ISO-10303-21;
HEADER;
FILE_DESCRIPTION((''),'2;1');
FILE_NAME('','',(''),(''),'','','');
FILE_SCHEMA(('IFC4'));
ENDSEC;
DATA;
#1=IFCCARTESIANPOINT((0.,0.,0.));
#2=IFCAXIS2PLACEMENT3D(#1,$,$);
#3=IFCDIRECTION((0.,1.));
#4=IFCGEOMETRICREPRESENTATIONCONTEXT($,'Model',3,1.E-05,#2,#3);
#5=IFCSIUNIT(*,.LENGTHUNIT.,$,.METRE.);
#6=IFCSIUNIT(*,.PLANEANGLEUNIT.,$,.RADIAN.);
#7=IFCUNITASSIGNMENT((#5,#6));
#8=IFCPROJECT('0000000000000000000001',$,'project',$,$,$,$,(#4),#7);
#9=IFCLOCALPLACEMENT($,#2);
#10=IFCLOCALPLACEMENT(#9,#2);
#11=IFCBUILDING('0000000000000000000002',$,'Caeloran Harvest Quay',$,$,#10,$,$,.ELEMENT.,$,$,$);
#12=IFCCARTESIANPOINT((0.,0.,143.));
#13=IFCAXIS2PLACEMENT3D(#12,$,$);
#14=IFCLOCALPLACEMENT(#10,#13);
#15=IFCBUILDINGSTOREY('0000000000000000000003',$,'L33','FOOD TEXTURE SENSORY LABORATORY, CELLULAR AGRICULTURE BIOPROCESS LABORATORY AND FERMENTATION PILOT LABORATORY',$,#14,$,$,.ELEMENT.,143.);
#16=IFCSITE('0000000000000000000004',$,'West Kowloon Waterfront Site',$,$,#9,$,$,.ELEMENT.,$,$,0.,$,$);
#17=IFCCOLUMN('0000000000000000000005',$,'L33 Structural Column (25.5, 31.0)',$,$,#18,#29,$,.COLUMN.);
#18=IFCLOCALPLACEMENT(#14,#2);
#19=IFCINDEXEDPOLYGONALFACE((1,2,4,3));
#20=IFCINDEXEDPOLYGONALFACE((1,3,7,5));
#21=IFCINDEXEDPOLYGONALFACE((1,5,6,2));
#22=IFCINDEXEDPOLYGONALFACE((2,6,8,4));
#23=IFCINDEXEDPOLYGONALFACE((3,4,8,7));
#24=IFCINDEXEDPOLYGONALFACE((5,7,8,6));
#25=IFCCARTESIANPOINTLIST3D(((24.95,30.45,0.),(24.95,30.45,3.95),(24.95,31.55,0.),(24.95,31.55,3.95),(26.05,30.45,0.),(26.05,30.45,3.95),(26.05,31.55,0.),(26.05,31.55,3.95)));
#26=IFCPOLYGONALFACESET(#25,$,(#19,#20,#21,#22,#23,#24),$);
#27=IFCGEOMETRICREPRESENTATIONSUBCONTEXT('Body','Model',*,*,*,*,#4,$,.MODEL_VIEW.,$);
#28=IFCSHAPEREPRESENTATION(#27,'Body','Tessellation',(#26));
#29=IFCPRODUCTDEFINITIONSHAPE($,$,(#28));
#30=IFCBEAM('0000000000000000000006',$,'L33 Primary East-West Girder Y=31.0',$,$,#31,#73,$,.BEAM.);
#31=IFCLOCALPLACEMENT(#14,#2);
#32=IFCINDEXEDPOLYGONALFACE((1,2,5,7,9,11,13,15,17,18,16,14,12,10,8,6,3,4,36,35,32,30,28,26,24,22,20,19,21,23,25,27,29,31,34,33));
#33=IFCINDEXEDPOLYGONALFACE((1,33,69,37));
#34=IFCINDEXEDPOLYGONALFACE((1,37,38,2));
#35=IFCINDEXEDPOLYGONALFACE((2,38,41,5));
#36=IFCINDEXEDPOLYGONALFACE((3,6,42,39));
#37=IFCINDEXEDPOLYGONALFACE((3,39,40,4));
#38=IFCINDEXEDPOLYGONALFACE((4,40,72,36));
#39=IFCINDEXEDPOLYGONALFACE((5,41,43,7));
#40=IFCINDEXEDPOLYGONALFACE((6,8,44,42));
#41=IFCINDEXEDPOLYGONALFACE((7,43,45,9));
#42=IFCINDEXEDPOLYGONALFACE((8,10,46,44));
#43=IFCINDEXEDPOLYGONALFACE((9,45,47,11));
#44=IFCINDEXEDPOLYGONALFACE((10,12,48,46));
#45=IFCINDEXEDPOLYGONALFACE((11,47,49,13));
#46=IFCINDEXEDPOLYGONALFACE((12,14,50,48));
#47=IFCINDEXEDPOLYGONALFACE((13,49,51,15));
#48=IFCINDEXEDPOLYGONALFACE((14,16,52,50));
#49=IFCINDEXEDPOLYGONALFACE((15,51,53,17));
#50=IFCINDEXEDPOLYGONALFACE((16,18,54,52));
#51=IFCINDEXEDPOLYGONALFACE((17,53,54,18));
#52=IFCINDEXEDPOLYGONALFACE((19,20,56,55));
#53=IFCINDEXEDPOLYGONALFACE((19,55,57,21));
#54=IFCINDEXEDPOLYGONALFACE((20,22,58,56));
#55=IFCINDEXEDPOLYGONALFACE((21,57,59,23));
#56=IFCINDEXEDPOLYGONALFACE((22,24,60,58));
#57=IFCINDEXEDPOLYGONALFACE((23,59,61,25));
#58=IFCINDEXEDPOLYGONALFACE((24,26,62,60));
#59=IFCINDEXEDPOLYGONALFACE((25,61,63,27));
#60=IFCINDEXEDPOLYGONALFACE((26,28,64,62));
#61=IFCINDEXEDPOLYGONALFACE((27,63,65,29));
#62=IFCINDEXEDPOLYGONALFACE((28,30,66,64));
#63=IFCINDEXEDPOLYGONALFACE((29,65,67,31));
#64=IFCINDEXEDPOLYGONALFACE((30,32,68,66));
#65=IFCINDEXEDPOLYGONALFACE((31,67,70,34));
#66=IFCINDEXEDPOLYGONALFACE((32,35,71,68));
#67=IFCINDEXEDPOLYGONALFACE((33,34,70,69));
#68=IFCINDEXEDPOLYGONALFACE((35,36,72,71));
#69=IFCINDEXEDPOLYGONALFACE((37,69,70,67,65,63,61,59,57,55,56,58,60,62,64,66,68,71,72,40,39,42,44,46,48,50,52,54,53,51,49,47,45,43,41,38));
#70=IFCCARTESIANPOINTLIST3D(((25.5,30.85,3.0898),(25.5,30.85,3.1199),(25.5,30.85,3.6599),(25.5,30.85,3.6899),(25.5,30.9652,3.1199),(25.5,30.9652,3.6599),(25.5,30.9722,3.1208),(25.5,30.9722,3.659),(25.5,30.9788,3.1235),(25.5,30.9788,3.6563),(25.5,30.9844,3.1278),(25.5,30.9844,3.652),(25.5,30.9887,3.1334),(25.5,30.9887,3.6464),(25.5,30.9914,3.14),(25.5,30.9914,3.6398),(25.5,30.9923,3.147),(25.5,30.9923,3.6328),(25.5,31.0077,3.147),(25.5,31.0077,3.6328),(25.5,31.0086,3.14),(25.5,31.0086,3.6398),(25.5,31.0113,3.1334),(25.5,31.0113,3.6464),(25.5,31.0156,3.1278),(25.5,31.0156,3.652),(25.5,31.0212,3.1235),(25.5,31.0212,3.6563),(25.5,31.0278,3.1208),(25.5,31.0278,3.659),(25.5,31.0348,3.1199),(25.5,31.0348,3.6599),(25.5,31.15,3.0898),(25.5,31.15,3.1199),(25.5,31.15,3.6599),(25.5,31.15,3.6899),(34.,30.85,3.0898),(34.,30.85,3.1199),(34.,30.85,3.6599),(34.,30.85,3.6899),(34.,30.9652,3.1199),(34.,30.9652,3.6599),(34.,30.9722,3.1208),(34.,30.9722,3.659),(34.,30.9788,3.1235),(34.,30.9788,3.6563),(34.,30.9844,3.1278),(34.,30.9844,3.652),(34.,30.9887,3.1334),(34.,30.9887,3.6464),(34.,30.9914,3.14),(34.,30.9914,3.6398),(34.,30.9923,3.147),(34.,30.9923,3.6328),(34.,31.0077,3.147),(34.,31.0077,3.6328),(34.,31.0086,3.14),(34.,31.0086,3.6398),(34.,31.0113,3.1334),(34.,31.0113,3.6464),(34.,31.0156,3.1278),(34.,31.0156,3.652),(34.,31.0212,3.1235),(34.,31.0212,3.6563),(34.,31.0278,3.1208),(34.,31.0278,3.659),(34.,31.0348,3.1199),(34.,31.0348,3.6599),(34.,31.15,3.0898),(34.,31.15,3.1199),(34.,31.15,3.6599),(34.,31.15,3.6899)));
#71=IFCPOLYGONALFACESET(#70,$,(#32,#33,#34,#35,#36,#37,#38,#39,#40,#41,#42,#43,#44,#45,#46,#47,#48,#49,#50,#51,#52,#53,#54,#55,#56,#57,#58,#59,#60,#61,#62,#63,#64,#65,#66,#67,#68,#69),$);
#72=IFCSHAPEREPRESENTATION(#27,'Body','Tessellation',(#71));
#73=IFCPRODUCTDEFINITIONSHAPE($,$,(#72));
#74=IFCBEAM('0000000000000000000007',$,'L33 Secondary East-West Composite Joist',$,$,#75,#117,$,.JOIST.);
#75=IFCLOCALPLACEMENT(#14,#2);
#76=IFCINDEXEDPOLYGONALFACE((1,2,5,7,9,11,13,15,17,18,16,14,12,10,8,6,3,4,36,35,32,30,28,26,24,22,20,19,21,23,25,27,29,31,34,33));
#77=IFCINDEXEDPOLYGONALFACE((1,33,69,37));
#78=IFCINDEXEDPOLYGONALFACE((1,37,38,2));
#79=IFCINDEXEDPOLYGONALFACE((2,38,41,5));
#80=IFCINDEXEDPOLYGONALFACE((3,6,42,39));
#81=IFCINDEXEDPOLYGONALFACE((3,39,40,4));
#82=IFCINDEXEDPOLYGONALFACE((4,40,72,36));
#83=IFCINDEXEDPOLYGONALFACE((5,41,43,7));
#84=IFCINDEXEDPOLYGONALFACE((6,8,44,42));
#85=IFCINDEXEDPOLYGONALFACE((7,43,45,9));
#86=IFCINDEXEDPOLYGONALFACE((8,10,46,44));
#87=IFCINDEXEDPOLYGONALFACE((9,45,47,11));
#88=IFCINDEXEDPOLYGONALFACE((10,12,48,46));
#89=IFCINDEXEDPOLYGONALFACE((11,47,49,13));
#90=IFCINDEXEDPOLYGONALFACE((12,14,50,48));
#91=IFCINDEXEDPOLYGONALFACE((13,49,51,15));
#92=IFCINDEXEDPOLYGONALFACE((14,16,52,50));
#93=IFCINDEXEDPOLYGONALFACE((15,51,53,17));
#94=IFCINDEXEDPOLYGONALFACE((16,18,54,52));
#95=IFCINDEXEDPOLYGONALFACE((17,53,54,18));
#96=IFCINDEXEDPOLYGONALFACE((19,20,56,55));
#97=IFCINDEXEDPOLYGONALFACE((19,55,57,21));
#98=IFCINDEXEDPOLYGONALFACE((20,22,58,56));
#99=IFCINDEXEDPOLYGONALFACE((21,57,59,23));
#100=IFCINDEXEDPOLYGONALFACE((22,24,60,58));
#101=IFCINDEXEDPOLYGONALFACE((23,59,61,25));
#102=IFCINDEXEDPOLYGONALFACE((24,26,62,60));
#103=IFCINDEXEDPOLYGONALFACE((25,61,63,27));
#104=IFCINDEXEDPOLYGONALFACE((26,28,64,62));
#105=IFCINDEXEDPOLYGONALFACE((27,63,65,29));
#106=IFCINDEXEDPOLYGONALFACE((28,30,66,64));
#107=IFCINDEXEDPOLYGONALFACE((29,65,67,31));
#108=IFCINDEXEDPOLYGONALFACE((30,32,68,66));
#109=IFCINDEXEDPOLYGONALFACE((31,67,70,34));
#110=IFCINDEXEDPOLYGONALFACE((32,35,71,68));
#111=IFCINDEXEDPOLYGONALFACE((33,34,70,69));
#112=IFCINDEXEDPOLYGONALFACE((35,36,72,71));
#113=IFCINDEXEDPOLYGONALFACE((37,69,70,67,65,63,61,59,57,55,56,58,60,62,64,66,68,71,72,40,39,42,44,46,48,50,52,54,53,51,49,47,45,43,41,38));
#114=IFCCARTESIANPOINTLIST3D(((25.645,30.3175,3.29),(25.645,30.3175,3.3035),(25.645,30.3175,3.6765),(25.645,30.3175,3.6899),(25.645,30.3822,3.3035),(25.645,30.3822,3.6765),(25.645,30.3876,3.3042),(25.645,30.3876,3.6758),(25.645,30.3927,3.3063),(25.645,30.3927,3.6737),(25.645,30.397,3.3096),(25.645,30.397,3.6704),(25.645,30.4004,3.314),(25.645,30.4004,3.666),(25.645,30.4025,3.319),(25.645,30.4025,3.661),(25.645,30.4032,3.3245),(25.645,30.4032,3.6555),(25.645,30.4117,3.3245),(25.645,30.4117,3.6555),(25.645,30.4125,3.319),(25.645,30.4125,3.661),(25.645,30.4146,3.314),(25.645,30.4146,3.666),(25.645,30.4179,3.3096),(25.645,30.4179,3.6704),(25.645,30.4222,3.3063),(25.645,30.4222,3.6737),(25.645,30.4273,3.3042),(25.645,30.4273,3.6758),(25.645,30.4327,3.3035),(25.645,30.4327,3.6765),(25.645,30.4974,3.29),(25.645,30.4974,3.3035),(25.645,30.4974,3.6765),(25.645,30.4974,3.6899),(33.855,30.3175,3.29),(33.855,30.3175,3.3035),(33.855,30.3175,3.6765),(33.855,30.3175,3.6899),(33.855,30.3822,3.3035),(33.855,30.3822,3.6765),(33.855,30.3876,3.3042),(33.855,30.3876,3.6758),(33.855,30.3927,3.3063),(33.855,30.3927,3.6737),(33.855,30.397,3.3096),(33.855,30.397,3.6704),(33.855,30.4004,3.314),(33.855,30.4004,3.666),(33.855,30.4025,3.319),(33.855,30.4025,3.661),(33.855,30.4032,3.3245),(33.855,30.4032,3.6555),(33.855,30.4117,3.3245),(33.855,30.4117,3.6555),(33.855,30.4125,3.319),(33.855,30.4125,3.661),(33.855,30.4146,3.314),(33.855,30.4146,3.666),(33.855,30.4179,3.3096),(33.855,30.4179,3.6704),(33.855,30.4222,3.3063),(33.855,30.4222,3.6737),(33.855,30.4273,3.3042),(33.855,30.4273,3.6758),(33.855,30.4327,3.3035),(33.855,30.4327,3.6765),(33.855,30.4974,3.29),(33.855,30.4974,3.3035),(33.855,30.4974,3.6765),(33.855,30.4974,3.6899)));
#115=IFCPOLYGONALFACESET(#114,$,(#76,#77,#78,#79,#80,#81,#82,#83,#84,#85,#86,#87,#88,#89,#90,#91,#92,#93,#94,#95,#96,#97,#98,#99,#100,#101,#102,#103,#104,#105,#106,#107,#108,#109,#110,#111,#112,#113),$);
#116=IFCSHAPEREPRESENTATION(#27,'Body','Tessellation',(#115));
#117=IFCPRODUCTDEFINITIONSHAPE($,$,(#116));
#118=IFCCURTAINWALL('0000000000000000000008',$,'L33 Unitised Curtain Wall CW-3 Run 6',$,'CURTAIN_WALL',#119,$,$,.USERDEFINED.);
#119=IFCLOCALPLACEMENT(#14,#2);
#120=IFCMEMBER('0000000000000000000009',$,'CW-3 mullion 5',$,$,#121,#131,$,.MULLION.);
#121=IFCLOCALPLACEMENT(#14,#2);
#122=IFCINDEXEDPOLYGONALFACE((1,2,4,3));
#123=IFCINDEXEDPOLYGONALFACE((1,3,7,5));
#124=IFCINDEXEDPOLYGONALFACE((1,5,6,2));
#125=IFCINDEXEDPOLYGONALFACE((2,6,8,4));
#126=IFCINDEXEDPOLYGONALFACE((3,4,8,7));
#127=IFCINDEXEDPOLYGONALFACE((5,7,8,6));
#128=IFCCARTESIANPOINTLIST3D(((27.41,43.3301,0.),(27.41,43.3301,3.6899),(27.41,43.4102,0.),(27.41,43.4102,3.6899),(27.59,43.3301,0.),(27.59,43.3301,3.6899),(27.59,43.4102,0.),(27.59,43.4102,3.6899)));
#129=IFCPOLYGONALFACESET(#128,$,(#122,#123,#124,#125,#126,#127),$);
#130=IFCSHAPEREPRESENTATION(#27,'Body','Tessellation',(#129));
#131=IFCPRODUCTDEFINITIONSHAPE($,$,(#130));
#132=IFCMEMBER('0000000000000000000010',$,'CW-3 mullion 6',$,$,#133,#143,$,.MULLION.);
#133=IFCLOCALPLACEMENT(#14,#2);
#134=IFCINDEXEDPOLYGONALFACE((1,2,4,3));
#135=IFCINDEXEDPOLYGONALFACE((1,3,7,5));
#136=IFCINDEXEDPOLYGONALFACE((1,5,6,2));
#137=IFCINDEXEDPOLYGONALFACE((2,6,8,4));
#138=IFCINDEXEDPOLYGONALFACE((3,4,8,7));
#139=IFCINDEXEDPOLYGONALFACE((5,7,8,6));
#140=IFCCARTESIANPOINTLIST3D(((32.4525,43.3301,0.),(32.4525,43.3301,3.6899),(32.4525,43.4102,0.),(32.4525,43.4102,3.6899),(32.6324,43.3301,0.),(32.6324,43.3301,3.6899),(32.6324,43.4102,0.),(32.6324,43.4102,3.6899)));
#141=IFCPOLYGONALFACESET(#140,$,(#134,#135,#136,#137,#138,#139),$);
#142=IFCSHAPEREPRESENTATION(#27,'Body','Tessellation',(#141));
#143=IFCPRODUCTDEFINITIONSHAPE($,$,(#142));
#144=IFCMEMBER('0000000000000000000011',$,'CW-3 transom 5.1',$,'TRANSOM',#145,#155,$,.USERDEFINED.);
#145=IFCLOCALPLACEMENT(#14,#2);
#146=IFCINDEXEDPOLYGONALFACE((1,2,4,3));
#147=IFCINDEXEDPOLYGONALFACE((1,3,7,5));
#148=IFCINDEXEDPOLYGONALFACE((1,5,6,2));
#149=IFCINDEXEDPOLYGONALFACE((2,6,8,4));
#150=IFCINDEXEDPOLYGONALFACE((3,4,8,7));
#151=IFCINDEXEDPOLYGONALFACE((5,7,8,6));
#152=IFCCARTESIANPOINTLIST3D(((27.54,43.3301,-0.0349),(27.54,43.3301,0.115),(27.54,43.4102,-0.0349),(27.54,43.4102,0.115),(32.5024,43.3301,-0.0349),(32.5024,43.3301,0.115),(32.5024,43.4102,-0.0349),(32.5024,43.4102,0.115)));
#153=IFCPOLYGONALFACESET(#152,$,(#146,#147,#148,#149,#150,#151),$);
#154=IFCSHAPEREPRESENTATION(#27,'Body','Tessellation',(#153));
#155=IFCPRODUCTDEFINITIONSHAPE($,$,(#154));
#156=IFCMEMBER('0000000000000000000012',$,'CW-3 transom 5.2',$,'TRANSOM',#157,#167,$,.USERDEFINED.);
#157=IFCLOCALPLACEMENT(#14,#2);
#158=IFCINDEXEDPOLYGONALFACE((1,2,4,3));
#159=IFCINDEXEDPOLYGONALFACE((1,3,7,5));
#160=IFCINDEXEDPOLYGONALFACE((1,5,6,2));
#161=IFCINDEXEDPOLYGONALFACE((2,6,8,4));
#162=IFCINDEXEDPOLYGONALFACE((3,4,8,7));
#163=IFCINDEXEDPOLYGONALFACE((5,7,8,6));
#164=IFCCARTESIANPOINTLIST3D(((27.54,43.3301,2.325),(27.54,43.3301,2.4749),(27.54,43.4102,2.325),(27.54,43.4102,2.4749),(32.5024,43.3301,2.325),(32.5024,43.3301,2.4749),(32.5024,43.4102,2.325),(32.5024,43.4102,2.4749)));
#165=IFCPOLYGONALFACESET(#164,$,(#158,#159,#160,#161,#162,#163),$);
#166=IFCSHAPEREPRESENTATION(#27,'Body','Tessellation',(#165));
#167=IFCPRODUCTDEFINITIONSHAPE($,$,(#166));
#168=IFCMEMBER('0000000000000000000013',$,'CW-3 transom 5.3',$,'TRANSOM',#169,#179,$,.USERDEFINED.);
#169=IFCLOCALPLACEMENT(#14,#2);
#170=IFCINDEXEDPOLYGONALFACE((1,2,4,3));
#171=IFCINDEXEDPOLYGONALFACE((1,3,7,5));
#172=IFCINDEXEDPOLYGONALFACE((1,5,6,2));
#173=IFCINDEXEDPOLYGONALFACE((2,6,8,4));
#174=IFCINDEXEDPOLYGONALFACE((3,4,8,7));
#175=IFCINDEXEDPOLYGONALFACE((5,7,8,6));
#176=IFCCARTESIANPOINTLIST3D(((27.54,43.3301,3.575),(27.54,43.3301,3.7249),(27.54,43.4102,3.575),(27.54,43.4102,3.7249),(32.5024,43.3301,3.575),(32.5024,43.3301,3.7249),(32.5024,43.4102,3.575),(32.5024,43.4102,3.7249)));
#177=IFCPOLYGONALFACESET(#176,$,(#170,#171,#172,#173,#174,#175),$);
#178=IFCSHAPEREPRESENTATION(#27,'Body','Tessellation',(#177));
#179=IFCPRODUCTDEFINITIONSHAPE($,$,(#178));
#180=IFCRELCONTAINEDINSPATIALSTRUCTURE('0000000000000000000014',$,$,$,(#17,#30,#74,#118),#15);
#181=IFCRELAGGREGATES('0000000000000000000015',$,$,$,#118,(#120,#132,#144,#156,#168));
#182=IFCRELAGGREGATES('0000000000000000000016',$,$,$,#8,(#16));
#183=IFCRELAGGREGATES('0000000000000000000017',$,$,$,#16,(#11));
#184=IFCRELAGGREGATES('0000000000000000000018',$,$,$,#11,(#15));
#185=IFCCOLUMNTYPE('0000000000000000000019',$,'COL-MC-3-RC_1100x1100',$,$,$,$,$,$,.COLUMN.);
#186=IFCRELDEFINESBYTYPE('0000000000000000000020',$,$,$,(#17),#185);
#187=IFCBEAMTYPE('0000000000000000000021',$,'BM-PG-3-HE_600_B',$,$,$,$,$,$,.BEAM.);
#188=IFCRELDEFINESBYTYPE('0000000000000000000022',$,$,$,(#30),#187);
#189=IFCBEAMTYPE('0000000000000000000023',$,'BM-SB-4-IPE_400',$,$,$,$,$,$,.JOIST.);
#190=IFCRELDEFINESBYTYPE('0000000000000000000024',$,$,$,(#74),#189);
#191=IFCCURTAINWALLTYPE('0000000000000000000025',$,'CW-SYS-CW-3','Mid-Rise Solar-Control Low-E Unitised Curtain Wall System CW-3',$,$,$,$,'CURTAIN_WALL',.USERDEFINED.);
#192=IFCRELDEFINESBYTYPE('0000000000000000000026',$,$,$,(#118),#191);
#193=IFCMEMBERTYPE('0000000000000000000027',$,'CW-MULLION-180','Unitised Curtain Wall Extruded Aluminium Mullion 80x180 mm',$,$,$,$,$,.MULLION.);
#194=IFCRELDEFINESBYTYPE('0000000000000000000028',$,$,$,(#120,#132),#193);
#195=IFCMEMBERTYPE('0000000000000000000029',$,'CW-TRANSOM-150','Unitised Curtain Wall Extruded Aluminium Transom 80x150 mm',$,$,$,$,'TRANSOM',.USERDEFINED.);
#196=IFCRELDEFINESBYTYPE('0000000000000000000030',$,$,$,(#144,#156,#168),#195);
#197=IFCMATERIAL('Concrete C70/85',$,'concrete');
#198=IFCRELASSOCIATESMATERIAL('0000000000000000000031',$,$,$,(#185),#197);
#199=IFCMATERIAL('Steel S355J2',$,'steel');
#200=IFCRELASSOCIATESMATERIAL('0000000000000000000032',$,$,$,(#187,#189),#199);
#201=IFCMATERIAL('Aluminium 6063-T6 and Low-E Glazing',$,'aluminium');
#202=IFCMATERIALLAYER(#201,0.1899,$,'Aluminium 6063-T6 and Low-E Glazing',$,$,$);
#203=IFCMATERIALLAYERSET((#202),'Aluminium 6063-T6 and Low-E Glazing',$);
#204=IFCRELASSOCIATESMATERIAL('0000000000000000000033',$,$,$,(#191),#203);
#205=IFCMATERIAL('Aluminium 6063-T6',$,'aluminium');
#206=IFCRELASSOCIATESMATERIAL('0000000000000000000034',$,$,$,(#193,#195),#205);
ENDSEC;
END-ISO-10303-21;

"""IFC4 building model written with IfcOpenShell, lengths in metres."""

from ifc_helpers import new_model, si_unit, direction, frame, origin, origin_2d, place, context, subcontext, project, spatial, rectangle, i_section, extrude, material, layer, layer_set, material_profile, profile_set, type_object, element, aggregate, save


model = new_model("IFC4")

# Units and contexts
model_context = context("Model", 3, precision=1e-05, world=origin(), true_north=direction((0.0, 1.0)))
body_context = subcontext(model_context, "Body", "Model", "MODEL_VIEW")
ifc_project = project(units=[si_unit("LENGTHUNIT", "METRE"), si_unit("PLANEANGLEUNIT", "RADIAN")], contexts=[model_context])

# Site, building, storey
site_placement = place(None, origin())
site = spatial("IfcSite", under=ifc_project, at=site_placement, Name="West Kowloon Waterfront Site", CompositionType="ELEMENT", RefElevation=0.0)
building_placement = place(site_placement, origin())
building = spatial("IfcBuilding", under=site, at=building_placement, Name="Caeloran Harvest Quay", CompositionType="ELEMENT")
storey_placement = place(building_placement, frame((0.0, 0.0, 143.0)))
storey = spatial("IfcBuildingStorey", under=building, at=storey_placement, Name="L33", Description="FOOD TEXTURE SENSORY LABORATORY, CELLULAR AGRICULTURE BIOPROCESS LABORATORY AND FERMENTATION PILOT LABORATORY", CompositionType="ELEMENT", Elevation=143.0)

# Column
ifc_material_1 = material(Name="Concrete C70/85", Category="concrete")
ifc_material_profile_1 = material_profile(ifc_material_1, rectangle(XDim=1.1001, YDim=1.1001, at=origin_2d()), Name="RC 1100x1100")
ifc_profile_set_1 = profile_set([ifc_material_profile_1], Name="Concrete C70/85")
column_type = type_object("IfcColumnType", Name="COL-MC-3-RC_1100x1100", PredefinedType="COLUMN", material=ifc_profile_set_1)
column_placement = place(storey_placement, frame((25.5, 31.0, 0.0), z_axis=(0.0, 0.0, 1.0), x_axis=(1.0, 0.0, 0.0)))
element("IfcColumn", 1, at=column_placement, inside=storey, type_object=column_type, Name="L33 Structural Column (25.5, 31.0)", PredefinedType="COLUMN", context=body_context, shape_type="SweptSolid", body=[
    extrude(rectangle(XDim=1.1001, YDim=1.1001, at=origin_2d()), origin(), (0.0, 0.0, 1.0), 3.95),
])

# Beams
ifc_material_2 = material(Name="Steel S355J2", Category="steel")
ifc_material_profile_2 = material_profile(ifc_material_2, i_section(OverallWidth=0.3, OverallDepth=0.6001, WebThickness=0.0154, FlangeThickness=0.03, FilletRadius=0.0271, at=origin_2d()), Name="HE 600 B")
ifc_profile_set_2 = profile_set([ifc_material_profile_2], Name="Steel S355J2")
beam_type_1 = type_object("IfcBeamType", Name="BM-PG-3-HE_600_B", PredefinedType="BEAM", material=ifc_profile_set_2)
beam_1_placement = place(storey_placement, frame((25.5, 31.0, 3.3899), z_axis=(1.0, 0.0, 0.0), x_axis=(0.0, 1.0, 0.0)))
element("IfcBeam", 2, at=beam_1_placement, inside=storey, type_object=beam_type_1, Name="L33 Primary East-West Girder Y=31.0", PredefinedType="BEAM", context=body_context, shape_type="SweptSolid", body=[
    extrude(i_section(OverallWidth=0.3, OverallDepth=0.6001, WebThickness=0.0154, FlangeThickness=0.03, FilletRadius=0.0271, at=origin_2d()), origin(), (0.0, 0.0, 1.0), 8.5),
])
ifc_material_profile_3 = material_profile(ifc_material_2, i_section(OverallWidth=0.1799, OverallDepth=0.3999, WebThickness=0.0085, FlangeThickness=0.0134, FilletRadius=0.021, at=origin_2d()), Name="IPE 400")
ifc_profile_set_3 = profile_set([ifc_material_profile_3], Name="Steel S355J2")
beam_type_2 = type_object("IfcBeamType", Name="BM-SB-4-IPE_400", PredefinedType="JOIST", material=ifc_profile_set_3)
beam_2_placement = place(storey_placement, frame((25.645, 30.4075, 3.49), z_axis=(1.0, 0.0, 0.0), x_axis=(0.0, 1.0, 0.0)))
element("IfcBeam", 3, at=beam_2_placement, inside=storey, type_object=beam_type_2, Name="L33 Secondary East-West Composite Joist", PredefinedType="JOIST", context=body_context, shape_type="SweptSolid", body=[
    extrude(i_section(OverallWidth=0.1799, OverallDepth=0.3999, WebThickness=0.0085, FlangeThickness=0.0134, FilletRadius=0.021, at=origin_2d()), origin(), (0.0, 0.0, 1.0), 8.21),
])

# Curtain wall, members
ifc_material_3 = material(Name="Aluminium 6063-T6 and Low-E Glazing", Category="aluminium")
ifc_layer_1 = layer(ifc_material_3, 0.1899, Name="Aluminium 6063-T6 and Low-E Glazing")
ifc_layer_set_1 = layer_set([ifc_layer_1], Name="Aluminium 6063-T6 and Low-E Glazing")
curtain_wall_type = type_object("IfcCurtainWallType", Name="CW-SYS-CW-3", Description="Mid-Rise Solar-Control Low-E Unitised Curtain Wall System CW-3", ElementType="CURTAIN_WALL", PredefinedType="USERDEFINED", material=ifc_layer_set_1)
curtain_wall_placement = place(storey_placement, origin())
curtain_wall = element("IfcCurtainWall", 4, at=curtain_wall_placement, inside=storey, type_object=curtain_wall_type, Name="L33 Unitised Curtain Wall CW-3 Run 6", ObjectType="CURTAIN_WALL", PredefinedType="USERDEFINED")
ifc_material_4 = material(Name="Aluminium 6063-T6", Category="aluminium")
ifc_material_profile_4 = material_profile(ifc_material_4, rectangle(XDim=0.0801, YDim=0.1799, at=origin_2d()), Name="CW-MULLION-180")
ifc_profile_set_4 = profile_set([ifc_material_profile_4], Name="Aluminium 6063-T6")
member_type_1 = type_object("IfcMemberType", Name="CW-MULLION-180", Description="Unitised Curtain Wall Extruded Aluminium Mullion 80x180 mm", PredefinedType="MULLION", material=ifc_profile_set_4)
member_1_placement = place(storey_placement, frame((27.5, 43.3701, 0.0), z_axis=(0.0, 0.0, 1.0), x_axis=(0.0, 1.0, 0.0)))
member_1 = element("IfcMember", 5, at=member_1_placement, type_object=member_type_1, Name="CW-3 mullion 5", PredefinedType="MULLION", context=body_context, shape_type="SweptSolid", body=[
    extrude(rectangle(XDim=0.0801, YDim=0.1799, at=origin_2d()), origin(), (0.0, 0.0, 1.0), 3.6899),
])
member_2_placement = place(storey_placement, frame((32.5425, 43.3701, 0.0), z_axis=(0.0, 0.0, 1.0), x_axis=(0.0, 1.0, 0.0)))
member_2 = element("IfcMember", 6, at=member_2_placement, type_object=member_type_1, Name="CW-3 mullion 6", PredefinedType="MULLION", context=body_context, shape_type="SweptSolid", body=[
    extrude(rectangle(XDim=0.0801, YDim=0.1799, at=origin_2d()), origin(), (0.0, 0.0, 1.0), 3.6899),
])
ifc_material_profile_5 = material_profile(ifc_material_4, rectangle(XDim=0.0801, YDim=0.1499, at=origin_2d()), Name="CW-TRANSOM-150")
ifc_profile_set_5 = profile_set([ifc_material_profile_5], Name="Aluminium 6063-T6")
member_type_2 = type_object("IfcMemberType", Name="CW-TRANSOM-150", Description="Unitised Curtain Wall Extruded Aluminium Transom 80x150 mm", ElementType="TRANSOM", PredefinedType="USERDEFINED", material=ifc_profile_set_5)
member_3_placement = place(storey_placement, frame((27.54, 43.3701, 0.04), z_axis=(1.0, 0.0, 0.0), x_axis=(0.0, 1.0, 0.0)))
member_3 = element("IfcMember", 7, at=member_3_placement, type_object=member_type_2, Name="CW-3 transom 5.1", ObjectType="TRANSOM", PredefinedType="USERDEFINED", context=body_context, shape_type="SweptSolid", body=[
    extrude(rectangle(XDim=0.0801, YDim=0.1499, at=origin_2d()), origin(), (0.0, 0.0, 1.0), 4.9624),
])
member_4_placement = place(storey_placement, frame((27.54, 43.3701, 2.3999), z_axis=(1.0, 0.0, 0.0), x_axis=(0.0, 1.0, 0.0)))
member_4 = element("IfcMember", 8, at=member_4_placement, type_object=member_type_2, Name="CW-3 transom 5.2", ObjectType="TRANSOM", PredefinedType="USERDEFINED", context=body_context, shape_type="SweptSolid", body=[
    extrude(rectangle(XDim=0.0801, YDim=0.1499, at=origin_2d()), origin(), (0.0, 0.0, 1.0), 4.9624),
])
member_5_placement = place(storey_placement, frame((27.54, 43.3701, 3.6499), z_axis=(1.0, 0.0, 0.0), x_axis=(0.0, 1.0, 0.0)))
member_5 = element("IfcMember", 9, at=member_5_placement, type_object=member_type_2, Name="CW-3 transom 5.3", ObjectType="TRANSOM", PredefinedType="USERDEFINED", context=body_context, shape_type="SweptSolid", body=[
    extrude(rectangle(XDim=0.0801, YDim=0.1499, at=origin_2d()), origin(), (0.0, 0.0, 1.0), 4.9624),
])
aggregate(curtain_wall, [member_1, member_2, member_3, member_4, member_5])

save(model, "model.ifc")
